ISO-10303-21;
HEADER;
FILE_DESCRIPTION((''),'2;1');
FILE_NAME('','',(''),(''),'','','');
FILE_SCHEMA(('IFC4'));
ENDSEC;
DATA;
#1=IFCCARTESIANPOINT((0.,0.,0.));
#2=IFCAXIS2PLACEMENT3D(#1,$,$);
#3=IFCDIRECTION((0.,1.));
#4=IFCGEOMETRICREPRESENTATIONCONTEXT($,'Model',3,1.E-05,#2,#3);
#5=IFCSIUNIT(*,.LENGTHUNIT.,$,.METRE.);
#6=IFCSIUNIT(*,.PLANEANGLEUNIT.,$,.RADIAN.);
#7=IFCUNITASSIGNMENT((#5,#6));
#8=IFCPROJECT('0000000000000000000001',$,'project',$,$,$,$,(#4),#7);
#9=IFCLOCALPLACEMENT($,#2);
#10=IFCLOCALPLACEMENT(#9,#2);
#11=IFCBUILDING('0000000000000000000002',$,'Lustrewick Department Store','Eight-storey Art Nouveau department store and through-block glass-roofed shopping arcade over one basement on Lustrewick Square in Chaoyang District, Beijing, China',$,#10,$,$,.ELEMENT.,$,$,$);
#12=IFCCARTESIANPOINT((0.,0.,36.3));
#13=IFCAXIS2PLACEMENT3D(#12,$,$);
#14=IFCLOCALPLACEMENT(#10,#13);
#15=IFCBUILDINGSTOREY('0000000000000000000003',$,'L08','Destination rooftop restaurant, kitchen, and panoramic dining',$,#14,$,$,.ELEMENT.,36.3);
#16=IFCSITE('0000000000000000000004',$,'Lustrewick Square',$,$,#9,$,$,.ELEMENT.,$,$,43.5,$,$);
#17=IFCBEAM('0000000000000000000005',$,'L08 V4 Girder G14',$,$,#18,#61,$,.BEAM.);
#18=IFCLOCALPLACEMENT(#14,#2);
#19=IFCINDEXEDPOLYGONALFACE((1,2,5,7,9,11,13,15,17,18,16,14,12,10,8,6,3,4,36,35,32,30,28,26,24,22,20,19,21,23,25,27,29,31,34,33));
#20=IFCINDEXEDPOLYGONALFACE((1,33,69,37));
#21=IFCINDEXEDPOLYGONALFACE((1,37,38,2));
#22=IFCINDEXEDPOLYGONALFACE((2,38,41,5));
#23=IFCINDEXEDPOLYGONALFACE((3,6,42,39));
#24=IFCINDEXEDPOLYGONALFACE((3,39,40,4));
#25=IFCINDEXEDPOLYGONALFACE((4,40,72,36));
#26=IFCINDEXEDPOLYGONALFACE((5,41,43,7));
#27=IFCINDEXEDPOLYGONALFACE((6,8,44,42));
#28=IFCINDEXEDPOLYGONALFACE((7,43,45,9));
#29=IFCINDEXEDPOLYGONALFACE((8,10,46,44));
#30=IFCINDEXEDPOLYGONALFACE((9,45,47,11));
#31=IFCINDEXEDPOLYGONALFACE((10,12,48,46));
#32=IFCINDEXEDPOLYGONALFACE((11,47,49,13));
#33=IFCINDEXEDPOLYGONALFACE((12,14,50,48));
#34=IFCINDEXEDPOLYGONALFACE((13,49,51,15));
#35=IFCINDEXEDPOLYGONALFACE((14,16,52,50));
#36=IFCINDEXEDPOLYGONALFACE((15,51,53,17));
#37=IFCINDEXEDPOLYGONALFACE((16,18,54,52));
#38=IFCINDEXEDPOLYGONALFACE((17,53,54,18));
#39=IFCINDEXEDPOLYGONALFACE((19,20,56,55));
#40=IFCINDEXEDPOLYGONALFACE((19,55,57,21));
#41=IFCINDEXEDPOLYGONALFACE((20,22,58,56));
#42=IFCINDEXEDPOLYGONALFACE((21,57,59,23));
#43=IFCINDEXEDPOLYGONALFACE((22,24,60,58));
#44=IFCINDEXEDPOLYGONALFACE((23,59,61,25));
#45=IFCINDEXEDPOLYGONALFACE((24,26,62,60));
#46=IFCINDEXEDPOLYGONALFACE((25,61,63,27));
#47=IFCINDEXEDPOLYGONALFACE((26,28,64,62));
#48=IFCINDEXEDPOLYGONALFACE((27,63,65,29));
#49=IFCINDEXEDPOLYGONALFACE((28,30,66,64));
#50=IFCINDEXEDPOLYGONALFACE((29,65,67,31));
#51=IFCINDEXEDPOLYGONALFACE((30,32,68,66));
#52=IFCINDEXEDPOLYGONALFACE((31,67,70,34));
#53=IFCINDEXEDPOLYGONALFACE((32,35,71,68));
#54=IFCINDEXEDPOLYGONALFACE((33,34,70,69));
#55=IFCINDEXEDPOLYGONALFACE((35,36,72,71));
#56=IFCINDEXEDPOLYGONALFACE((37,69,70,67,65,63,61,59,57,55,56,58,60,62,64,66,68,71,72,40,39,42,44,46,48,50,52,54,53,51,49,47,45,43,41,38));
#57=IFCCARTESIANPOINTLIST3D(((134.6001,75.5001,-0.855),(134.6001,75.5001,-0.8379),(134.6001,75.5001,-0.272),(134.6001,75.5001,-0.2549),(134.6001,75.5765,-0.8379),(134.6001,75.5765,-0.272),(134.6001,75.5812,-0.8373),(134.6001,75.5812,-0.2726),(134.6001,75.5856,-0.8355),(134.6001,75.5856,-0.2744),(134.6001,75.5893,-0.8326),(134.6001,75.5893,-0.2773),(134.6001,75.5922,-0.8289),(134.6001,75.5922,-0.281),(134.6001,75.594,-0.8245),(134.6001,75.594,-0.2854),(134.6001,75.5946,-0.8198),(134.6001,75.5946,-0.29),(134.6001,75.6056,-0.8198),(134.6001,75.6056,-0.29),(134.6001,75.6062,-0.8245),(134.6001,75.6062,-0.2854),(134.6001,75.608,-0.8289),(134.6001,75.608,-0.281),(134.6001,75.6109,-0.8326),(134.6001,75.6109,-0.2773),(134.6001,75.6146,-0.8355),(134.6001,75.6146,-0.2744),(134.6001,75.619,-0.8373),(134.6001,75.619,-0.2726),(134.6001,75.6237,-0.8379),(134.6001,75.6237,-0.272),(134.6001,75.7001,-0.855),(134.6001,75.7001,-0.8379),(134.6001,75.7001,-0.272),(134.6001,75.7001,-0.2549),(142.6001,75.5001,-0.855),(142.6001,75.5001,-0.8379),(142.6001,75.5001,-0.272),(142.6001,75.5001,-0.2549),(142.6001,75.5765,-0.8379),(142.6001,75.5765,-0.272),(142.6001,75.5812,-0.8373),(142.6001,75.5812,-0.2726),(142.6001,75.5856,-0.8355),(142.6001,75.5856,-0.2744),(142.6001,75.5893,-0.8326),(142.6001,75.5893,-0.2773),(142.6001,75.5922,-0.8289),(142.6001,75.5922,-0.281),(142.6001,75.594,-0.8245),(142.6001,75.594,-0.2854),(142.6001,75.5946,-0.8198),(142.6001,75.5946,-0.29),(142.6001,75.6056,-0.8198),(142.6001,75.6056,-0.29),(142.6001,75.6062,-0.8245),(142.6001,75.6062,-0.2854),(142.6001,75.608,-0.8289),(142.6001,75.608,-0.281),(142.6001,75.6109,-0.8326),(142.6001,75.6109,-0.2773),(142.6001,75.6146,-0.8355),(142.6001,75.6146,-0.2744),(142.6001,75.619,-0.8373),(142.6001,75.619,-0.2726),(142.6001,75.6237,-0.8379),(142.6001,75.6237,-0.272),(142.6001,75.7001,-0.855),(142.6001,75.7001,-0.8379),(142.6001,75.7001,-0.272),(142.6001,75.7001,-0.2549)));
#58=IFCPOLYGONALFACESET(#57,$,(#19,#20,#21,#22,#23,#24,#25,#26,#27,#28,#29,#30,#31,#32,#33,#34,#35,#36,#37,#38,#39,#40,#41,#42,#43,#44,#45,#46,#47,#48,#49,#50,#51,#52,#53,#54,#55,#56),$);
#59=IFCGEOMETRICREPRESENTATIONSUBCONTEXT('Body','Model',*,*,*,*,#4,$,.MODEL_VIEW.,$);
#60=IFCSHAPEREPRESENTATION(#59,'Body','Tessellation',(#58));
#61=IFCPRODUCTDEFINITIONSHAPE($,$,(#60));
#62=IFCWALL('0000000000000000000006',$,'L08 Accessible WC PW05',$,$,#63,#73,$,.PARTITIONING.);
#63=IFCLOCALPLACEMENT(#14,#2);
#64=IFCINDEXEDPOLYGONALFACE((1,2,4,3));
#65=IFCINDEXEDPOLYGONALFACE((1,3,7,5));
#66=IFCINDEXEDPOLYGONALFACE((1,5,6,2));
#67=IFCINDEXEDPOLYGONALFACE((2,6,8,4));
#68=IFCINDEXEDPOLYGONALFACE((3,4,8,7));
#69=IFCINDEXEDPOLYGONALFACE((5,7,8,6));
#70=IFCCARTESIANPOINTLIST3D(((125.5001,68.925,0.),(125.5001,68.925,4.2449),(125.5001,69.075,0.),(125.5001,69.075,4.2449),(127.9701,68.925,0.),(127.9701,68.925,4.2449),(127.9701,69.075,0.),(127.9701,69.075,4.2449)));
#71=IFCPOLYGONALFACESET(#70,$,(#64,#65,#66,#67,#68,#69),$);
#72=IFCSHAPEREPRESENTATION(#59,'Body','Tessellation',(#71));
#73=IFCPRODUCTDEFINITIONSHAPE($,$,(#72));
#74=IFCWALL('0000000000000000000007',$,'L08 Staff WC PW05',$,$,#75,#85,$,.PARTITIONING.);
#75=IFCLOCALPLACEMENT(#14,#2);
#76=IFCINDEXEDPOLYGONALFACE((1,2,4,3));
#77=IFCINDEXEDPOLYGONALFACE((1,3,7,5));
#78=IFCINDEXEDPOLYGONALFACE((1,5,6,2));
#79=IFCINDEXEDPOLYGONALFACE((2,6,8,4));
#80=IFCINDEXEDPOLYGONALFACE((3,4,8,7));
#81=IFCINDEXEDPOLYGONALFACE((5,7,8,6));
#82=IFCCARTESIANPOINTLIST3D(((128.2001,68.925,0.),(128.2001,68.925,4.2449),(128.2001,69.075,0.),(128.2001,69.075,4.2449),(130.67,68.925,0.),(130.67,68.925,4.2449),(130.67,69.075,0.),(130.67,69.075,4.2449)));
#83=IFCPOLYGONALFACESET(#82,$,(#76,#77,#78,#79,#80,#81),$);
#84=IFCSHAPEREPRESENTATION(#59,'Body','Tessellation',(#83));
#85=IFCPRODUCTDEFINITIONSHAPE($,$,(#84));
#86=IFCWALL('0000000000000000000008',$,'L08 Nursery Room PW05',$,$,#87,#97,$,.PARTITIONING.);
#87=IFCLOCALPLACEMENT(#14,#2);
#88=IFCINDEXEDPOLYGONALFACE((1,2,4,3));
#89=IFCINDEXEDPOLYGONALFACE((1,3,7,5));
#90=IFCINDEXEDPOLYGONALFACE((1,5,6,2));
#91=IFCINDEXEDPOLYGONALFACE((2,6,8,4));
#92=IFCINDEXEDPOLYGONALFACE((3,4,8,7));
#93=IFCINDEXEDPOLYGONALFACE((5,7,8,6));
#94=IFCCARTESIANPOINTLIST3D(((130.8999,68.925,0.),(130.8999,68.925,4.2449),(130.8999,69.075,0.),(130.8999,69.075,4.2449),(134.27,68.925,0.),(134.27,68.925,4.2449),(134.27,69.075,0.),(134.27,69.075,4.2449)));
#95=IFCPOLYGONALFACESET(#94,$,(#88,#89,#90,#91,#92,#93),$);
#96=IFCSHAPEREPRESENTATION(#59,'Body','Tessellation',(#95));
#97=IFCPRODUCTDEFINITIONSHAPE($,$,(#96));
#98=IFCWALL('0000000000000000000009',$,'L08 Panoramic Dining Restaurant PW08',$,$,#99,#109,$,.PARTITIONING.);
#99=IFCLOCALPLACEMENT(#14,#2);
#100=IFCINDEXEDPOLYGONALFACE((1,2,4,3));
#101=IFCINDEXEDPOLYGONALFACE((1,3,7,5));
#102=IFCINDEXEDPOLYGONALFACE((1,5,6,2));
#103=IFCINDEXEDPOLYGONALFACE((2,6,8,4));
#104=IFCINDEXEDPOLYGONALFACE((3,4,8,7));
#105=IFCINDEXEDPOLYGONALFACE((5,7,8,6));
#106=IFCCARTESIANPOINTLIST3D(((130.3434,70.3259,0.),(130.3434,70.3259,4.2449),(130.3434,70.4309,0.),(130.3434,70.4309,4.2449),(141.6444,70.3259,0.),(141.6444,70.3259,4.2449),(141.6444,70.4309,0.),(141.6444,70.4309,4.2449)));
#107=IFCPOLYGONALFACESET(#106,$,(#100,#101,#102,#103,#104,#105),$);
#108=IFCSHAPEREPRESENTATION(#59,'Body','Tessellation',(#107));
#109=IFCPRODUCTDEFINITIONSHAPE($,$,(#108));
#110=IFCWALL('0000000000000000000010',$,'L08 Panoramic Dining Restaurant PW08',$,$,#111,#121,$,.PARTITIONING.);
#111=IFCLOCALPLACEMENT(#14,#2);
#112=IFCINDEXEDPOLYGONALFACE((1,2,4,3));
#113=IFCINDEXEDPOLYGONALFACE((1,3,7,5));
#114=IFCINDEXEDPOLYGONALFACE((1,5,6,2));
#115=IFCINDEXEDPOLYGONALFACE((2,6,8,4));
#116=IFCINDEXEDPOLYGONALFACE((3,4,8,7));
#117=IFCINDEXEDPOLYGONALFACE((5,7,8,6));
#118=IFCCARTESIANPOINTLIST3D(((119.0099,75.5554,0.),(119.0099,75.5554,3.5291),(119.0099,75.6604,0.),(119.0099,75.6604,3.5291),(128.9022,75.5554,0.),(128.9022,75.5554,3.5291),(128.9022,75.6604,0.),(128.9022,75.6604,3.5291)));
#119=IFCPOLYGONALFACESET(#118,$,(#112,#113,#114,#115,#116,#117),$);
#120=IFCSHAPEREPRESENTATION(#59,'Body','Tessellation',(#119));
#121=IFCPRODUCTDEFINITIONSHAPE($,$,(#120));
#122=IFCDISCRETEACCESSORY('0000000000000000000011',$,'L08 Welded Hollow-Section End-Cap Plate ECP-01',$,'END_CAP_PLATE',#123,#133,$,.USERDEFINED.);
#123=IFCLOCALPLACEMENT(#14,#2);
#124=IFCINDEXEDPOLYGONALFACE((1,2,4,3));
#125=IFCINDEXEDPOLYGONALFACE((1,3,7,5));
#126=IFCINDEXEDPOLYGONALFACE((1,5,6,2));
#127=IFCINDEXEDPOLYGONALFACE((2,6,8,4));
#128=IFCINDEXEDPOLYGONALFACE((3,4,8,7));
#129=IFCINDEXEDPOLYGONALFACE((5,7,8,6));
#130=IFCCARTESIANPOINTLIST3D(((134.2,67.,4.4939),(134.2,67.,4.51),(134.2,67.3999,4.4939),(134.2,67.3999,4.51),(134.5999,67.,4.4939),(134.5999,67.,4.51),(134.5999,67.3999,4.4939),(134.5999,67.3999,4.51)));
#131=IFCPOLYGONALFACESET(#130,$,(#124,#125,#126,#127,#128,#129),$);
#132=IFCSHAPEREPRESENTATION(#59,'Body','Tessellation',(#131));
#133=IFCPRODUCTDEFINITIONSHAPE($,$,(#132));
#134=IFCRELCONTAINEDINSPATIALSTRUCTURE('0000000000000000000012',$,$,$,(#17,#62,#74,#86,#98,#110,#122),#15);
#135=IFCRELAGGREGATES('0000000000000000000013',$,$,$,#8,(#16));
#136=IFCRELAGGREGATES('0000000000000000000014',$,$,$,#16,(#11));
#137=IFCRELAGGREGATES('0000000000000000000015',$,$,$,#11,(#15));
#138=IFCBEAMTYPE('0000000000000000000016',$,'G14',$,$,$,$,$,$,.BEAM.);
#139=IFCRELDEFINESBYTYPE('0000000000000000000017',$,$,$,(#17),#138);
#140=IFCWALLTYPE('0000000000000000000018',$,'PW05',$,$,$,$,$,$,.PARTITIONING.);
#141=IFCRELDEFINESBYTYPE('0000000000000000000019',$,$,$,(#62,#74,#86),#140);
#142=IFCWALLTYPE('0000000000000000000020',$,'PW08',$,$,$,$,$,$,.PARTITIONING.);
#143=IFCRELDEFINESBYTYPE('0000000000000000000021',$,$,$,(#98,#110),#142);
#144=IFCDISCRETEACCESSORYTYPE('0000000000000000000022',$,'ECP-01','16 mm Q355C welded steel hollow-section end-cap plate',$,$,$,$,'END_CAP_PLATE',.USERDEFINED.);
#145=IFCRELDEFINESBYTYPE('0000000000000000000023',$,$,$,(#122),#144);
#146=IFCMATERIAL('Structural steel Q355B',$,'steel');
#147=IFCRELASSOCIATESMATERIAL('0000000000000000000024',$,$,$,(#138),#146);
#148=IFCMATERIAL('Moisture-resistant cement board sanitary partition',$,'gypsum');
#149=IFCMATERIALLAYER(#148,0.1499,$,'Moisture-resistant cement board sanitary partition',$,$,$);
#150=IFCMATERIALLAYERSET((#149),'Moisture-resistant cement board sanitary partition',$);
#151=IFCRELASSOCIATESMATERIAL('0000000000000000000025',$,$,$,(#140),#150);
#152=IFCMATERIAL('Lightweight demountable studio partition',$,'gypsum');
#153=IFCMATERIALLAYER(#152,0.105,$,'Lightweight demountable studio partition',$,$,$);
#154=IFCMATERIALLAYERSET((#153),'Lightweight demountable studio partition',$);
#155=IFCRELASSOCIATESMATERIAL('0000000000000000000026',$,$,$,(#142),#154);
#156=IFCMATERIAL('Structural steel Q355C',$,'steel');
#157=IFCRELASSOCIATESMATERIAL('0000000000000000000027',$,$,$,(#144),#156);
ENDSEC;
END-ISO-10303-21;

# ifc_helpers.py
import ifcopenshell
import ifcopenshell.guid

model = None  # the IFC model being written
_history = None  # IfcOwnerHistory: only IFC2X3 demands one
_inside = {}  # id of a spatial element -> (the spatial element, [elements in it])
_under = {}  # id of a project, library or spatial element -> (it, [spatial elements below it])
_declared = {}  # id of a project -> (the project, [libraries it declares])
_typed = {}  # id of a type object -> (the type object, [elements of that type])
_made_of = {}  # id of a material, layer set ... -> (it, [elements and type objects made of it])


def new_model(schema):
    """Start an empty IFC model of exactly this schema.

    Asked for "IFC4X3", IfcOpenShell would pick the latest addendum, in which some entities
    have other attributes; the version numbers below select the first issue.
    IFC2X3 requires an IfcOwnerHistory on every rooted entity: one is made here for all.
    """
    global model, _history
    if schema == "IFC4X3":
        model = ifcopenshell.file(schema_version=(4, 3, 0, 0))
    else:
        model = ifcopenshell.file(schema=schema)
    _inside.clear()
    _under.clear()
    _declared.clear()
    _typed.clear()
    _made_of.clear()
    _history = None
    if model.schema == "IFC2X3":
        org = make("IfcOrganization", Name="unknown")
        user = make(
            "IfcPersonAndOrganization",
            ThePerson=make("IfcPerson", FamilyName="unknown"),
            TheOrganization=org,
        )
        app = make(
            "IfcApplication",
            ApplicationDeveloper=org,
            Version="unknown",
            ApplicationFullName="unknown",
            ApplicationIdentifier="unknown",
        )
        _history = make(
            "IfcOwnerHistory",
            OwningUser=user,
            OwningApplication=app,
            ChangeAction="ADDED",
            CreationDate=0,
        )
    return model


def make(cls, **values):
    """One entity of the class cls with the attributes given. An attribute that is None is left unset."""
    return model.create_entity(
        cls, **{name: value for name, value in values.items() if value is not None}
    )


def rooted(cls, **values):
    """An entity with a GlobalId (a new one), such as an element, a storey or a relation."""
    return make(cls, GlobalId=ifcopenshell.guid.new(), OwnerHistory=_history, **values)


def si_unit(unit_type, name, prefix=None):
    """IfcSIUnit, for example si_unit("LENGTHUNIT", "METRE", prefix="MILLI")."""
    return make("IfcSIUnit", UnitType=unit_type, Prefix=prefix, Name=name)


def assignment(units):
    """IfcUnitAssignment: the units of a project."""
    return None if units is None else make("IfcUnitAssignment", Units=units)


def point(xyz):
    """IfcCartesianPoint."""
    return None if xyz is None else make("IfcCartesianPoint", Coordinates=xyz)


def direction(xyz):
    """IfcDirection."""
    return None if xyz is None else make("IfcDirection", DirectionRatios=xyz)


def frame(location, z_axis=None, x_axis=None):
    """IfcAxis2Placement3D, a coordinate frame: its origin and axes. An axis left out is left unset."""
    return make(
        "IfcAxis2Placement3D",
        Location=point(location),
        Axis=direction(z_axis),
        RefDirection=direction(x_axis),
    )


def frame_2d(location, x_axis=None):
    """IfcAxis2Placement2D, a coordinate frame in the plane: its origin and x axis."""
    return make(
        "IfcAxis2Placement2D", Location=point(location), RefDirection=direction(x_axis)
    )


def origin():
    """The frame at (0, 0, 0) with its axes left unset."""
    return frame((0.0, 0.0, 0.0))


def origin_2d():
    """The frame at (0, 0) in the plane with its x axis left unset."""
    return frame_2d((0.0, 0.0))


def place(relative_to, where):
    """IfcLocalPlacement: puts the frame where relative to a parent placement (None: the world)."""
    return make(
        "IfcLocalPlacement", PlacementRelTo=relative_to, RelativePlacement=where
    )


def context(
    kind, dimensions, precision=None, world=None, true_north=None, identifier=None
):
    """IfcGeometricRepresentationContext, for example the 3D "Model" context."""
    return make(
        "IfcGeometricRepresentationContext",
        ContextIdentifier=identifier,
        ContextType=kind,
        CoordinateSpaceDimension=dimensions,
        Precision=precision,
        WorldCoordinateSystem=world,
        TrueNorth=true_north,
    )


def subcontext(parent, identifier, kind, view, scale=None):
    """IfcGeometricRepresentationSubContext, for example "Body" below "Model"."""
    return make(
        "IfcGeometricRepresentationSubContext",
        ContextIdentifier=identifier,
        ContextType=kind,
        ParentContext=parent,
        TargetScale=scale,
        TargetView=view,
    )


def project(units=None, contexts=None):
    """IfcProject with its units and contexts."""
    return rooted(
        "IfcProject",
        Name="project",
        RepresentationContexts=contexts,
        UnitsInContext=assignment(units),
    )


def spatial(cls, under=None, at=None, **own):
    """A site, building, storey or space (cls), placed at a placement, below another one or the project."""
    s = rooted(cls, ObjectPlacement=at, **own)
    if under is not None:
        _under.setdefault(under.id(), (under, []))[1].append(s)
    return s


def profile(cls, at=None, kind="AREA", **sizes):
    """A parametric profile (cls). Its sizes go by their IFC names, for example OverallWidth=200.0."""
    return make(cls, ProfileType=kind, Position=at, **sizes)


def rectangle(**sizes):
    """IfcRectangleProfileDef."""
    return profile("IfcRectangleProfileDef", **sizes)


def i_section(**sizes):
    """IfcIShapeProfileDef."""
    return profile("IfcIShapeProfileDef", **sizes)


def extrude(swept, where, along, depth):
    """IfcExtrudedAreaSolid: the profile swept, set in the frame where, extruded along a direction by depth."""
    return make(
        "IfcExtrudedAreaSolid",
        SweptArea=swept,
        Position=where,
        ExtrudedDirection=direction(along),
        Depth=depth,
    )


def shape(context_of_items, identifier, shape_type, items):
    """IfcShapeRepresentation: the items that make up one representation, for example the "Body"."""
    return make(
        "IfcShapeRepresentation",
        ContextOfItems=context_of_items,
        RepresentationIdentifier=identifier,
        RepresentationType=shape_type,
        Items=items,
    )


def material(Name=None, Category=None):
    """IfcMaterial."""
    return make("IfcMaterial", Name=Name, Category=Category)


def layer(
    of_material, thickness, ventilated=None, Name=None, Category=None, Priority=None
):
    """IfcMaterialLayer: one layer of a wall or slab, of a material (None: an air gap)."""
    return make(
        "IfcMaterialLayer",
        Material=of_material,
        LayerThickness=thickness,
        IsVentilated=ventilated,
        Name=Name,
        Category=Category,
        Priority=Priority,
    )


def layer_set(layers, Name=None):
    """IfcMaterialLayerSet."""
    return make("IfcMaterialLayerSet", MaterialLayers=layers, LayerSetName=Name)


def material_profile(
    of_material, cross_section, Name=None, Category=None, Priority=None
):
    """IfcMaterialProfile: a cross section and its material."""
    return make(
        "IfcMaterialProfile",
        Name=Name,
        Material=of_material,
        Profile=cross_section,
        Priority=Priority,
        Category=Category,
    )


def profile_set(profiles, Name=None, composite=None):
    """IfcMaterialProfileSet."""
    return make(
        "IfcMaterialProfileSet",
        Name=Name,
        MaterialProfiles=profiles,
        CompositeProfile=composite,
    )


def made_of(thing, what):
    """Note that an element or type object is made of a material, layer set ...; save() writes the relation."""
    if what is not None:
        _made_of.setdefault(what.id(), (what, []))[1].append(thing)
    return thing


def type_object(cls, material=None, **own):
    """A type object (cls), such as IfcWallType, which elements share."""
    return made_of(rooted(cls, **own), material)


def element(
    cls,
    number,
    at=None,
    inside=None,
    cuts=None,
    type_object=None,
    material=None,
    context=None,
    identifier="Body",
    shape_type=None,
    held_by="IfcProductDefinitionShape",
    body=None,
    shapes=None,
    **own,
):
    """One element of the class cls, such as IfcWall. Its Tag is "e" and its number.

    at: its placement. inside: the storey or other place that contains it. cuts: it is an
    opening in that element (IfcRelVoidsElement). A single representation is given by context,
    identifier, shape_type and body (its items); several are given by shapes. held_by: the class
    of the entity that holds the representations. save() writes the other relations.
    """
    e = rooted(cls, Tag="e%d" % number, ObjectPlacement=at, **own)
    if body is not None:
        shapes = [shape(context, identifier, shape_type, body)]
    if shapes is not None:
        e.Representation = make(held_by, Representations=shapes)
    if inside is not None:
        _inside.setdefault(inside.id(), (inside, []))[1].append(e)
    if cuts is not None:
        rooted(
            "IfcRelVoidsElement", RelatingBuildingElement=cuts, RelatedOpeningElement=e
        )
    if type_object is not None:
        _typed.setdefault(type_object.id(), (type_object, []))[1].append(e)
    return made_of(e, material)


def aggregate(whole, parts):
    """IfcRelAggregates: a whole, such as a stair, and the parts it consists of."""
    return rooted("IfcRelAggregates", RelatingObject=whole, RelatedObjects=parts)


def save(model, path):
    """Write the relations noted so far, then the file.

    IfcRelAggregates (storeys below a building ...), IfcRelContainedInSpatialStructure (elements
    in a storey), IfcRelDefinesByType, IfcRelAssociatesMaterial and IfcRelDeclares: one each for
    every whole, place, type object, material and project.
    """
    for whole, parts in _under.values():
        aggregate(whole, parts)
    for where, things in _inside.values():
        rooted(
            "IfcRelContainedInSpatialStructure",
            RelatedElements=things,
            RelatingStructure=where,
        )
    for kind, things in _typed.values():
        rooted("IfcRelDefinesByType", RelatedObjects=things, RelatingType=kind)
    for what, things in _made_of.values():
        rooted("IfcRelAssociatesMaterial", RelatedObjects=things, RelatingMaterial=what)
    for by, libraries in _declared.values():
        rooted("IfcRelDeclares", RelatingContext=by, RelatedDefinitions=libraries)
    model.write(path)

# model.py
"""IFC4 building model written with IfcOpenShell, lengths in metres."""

from ifc_helpers import new_model, si_unit, direction, frame, frame_2d, origin, origin_2d, place, context, subcontext, project, spatial, rectangle, i_section, extrude, material, layer, layer_set, material_profile, profile_set, type_object, element, save


model = new_model("IFC4")

# Units and contexts
model_context = context("Model", 3, precision=1e-05, world=origin(), true_north=direction((0.0, 1.0)))
body_context = subcontext(model_context, "Body", "Model", "MODEL_VIEW")
ifc_project = project(units=[si_unit("LENGTHUNIT", "METRE"), si_unit("PLANEANGLEUNIT", "RADIAN")], contexts=[model_context])

# Site, building, storey
site_placement = place(None, origin())
site = spatial("IfcSite", under=ifc_project, at=site_placement, Name="Lustrewick Square", CompositionType="ELEMENT", RefElevation=43.5)
building_placement = place(site_placement, origin())
building = spatial("IfcBuilding", under=site, at=building_placement, Name="Lustrewick Department Store", Description="Eight-storey Art Nouveau department store and through-block glass-roofed shopping arcade over one basement on Lustrewick Square in Chaoyang District, Beijing, China", CompositionType="ELEMENT")
storey_placement = place(building_placement, frame((0.0, 0.0, 36.3)))
storey = spatial("IfcBuildingStorey", under=building, at=storey_placement, Name="L08", Description="Destination rooftop restaurant, kitchen, and panoramic dining", CompositionType="ELEMENT", Elevation=36.3)

# Shared definitions
ifc_material_1 = material(Name="Structural steel Q355B", Category="steel")

# Beam
ifc_material_2 = material(Name="Structural steel Q355C", Category="steel")
ifc_material_profile_1 = material_profile(ifc_material_1, i_section(OverallWidth=0.2, OverallDepth=0.6001, WebThickness=0.011, FlangeThickness=0.0171, FilletRadius=0.0181, at=origin_2d()), Name="HN 600x200x11x17")
ifc_profile_set_1 = profile_set([ifc_material_profile_1], Name="Structural steel Q355B")
beam_type_1 = type_object("IfcBeamType", Name="G14", PredefinedType="BEAM", material=ifc_profile_set_1)
beam_1_placement = place(storey_placement, frame((134.6001, 75.6001, -0.5549), z_axis=(1.0, 0.0, 0.0), x_axis=(0.0, 1.0, 0.0)))
element("IfcBeam", 1, at=beam_1_placement, inside=storey, type_object=beam_type_1, Name="L08 V4 Girder G14", PredefinedType="BEAM", context=body_context, shape_type="SweptSolid", body=[
    extrude(i_section(OverallWidth=0.2, OverallDepth=0.6001, WebThickness=0.011, FlangeThickness=0.0171, FilletRadius=0.0181, at=origin_2d()), origin(), (0.0, 0.0, 1.0), 8.0),
])

# Walls
ifc_material_3 = material(Name="Moisture-resistant cement board sanitary partition", Category="gypsum")
ifc_layer_1 = layer(ifc_material_3, 0.1499, Name="Moisture-resistant cement board sanitary partition")
ifc_layer_set_1 = layer_set([ifc_layer_1], Name="Moisture-resistant cement board sanitary partition")
wall_type_1 = type_object("IfcWallType", Name="PW05", PredefinedType="PARTITIONING", material=ifc_layer_set_1)
for number, where, z_axis, x_axis, name in (
    (2, (127.97, 69.0, 0.0), (0.0, 0.0, 1.0), (-1.0, 0.0, 0.0), "L08 Accessible WC PW05"),
    (3, (130.6699, 69.0, 0.0), (0.0, 0.0, 1.0), (-1.0, 0.0, 0.0), "L08 Staff WC PW05"),
):
    element("IfcWall", number, at=place(storey_placement, frame(where, z_axis=z_axis, x_axis=x_axis)), inside=storey, type_object=wall_type_1, Name=name, PredefinedType="PARTITIONING", context=body_context, shape_type="SweptSolid", body=[
        extrude(rectangle(XDim=2.47, YDim=0.1499, at=frame_2d((1.2349, 0.0))), origin(), (0.0, 0.0, 1.0), 4.2449),
    ])
wall_1_placement = place(storey_placement, frame((134.27, 69.0, 0.0), z_axis=(0.0, 0.0, 1.0), x_axis=(-1.0, 0.0, 0.0)))
element("IfcWall", 4, at=wall_1_placement, inside=storey, type_object=wall_type_1, Name="L08 Nursery Room PW05", PredefinedType="PARTITIONING", context=body_context, shape_type="SweptSolid", body=[
    extrude(rectangle(XDim=3.3701, YDim=0.1499, at=frame_2d((1.6851, 0.0))), origin(), (0.0, 0.0, 1.0), 4.2449),
])
ifc_material_4 = material(Name="Lightweight demountable studio partition", Category="gypsum")
ifc_layer_2 = layer(ifc_material_4, 0.105, Name="Lightweight demountable studio partition")
ifc_layer_set_2 = layer_set([ifc_layer_2], Name="Lightweight demountable studio partition")
wall_type_2 = type_object("IfcWallType", Name="PW08", PredefinedType="PARTITIONING", material=ifc_layer_set_2)
wall_2_placement = place(storey_placement, frame((130.3435, 70.3784, 0.0), z_axis=(0.0, 0.0, 1.0), x_axis=(1.0, 0.0, 0.0)))
element("IfcWall", 5, at=wall_2_placement, inside=storey, type_object=wall_type_2, Name="L08 Panoramic Dining Restaurant PW08", PredefinedType="PARTITIONING", context=body_context, shape_type="SweptSolid", body=[
    extrude(rectangle(XDim=11.301, YDim=0.105, at=frame_2d((5.6504, 0.0))), origin(), (0.0, 0.0, 1.0), 4.2449),
])
wall_3_placement = place(storey_placement, frame((128.9023, 75.6079, 0.0), z_axis=(0.0, 0.0, 1.0), x_axis=(-1.0, 0.0, 0.0)))
element("IfcWall", 6, at=wall_3_placement, inside=storey, type_object=wall_type_2, Name="L08 Panoramic Dining Restaurant PW08", PredefinedType="PARTITIONING", context=body_context, shape_type="SweptSolid", body=[
    extrude(rectangle(XDim=9.8923, YDim=0.105, at=frame_2d((4.9463, 0.0))), origin(), (0.0, 0.0, 1.0), 3.5291),
])

# Discrete accessory
discrete_accessory_type = type_object("IfcDiscreteAccessoryType", Name="ECP-01", Description="16 mm Q355C welded steel hollow-section end-cap plate", ElementType="END_CAP_PLATE", PredefinedType="USERDEFINED", material=ifc_material_2)
discrete_accessory_placement = place(storey_placement, frame((134.3999, 67.2, 4.4939), z_axis=(0.0, 0.0, 1.0), x_axis=(1.0, 0.0, 0.0)))
element("IfcDiscreteAccessory", 7, at=discrete_accessory_placement, inside=storey, type_object=discrete_accessory_type, Name="L08 Welded Hollow-Section End-Cap Plate ECP-01", ObjectType="END_CAP_PLATE", PredefinedType="USERDEFINED", context=body_context, shape_type="SweptSolid", body=[
    extrude(rectangle(XDim=0.3999, YDim=0.3999, at=origin_2d()), origin(), (0.0, 0.0, 1.0), 0.0161),
])

save(model, "model.ifc")
